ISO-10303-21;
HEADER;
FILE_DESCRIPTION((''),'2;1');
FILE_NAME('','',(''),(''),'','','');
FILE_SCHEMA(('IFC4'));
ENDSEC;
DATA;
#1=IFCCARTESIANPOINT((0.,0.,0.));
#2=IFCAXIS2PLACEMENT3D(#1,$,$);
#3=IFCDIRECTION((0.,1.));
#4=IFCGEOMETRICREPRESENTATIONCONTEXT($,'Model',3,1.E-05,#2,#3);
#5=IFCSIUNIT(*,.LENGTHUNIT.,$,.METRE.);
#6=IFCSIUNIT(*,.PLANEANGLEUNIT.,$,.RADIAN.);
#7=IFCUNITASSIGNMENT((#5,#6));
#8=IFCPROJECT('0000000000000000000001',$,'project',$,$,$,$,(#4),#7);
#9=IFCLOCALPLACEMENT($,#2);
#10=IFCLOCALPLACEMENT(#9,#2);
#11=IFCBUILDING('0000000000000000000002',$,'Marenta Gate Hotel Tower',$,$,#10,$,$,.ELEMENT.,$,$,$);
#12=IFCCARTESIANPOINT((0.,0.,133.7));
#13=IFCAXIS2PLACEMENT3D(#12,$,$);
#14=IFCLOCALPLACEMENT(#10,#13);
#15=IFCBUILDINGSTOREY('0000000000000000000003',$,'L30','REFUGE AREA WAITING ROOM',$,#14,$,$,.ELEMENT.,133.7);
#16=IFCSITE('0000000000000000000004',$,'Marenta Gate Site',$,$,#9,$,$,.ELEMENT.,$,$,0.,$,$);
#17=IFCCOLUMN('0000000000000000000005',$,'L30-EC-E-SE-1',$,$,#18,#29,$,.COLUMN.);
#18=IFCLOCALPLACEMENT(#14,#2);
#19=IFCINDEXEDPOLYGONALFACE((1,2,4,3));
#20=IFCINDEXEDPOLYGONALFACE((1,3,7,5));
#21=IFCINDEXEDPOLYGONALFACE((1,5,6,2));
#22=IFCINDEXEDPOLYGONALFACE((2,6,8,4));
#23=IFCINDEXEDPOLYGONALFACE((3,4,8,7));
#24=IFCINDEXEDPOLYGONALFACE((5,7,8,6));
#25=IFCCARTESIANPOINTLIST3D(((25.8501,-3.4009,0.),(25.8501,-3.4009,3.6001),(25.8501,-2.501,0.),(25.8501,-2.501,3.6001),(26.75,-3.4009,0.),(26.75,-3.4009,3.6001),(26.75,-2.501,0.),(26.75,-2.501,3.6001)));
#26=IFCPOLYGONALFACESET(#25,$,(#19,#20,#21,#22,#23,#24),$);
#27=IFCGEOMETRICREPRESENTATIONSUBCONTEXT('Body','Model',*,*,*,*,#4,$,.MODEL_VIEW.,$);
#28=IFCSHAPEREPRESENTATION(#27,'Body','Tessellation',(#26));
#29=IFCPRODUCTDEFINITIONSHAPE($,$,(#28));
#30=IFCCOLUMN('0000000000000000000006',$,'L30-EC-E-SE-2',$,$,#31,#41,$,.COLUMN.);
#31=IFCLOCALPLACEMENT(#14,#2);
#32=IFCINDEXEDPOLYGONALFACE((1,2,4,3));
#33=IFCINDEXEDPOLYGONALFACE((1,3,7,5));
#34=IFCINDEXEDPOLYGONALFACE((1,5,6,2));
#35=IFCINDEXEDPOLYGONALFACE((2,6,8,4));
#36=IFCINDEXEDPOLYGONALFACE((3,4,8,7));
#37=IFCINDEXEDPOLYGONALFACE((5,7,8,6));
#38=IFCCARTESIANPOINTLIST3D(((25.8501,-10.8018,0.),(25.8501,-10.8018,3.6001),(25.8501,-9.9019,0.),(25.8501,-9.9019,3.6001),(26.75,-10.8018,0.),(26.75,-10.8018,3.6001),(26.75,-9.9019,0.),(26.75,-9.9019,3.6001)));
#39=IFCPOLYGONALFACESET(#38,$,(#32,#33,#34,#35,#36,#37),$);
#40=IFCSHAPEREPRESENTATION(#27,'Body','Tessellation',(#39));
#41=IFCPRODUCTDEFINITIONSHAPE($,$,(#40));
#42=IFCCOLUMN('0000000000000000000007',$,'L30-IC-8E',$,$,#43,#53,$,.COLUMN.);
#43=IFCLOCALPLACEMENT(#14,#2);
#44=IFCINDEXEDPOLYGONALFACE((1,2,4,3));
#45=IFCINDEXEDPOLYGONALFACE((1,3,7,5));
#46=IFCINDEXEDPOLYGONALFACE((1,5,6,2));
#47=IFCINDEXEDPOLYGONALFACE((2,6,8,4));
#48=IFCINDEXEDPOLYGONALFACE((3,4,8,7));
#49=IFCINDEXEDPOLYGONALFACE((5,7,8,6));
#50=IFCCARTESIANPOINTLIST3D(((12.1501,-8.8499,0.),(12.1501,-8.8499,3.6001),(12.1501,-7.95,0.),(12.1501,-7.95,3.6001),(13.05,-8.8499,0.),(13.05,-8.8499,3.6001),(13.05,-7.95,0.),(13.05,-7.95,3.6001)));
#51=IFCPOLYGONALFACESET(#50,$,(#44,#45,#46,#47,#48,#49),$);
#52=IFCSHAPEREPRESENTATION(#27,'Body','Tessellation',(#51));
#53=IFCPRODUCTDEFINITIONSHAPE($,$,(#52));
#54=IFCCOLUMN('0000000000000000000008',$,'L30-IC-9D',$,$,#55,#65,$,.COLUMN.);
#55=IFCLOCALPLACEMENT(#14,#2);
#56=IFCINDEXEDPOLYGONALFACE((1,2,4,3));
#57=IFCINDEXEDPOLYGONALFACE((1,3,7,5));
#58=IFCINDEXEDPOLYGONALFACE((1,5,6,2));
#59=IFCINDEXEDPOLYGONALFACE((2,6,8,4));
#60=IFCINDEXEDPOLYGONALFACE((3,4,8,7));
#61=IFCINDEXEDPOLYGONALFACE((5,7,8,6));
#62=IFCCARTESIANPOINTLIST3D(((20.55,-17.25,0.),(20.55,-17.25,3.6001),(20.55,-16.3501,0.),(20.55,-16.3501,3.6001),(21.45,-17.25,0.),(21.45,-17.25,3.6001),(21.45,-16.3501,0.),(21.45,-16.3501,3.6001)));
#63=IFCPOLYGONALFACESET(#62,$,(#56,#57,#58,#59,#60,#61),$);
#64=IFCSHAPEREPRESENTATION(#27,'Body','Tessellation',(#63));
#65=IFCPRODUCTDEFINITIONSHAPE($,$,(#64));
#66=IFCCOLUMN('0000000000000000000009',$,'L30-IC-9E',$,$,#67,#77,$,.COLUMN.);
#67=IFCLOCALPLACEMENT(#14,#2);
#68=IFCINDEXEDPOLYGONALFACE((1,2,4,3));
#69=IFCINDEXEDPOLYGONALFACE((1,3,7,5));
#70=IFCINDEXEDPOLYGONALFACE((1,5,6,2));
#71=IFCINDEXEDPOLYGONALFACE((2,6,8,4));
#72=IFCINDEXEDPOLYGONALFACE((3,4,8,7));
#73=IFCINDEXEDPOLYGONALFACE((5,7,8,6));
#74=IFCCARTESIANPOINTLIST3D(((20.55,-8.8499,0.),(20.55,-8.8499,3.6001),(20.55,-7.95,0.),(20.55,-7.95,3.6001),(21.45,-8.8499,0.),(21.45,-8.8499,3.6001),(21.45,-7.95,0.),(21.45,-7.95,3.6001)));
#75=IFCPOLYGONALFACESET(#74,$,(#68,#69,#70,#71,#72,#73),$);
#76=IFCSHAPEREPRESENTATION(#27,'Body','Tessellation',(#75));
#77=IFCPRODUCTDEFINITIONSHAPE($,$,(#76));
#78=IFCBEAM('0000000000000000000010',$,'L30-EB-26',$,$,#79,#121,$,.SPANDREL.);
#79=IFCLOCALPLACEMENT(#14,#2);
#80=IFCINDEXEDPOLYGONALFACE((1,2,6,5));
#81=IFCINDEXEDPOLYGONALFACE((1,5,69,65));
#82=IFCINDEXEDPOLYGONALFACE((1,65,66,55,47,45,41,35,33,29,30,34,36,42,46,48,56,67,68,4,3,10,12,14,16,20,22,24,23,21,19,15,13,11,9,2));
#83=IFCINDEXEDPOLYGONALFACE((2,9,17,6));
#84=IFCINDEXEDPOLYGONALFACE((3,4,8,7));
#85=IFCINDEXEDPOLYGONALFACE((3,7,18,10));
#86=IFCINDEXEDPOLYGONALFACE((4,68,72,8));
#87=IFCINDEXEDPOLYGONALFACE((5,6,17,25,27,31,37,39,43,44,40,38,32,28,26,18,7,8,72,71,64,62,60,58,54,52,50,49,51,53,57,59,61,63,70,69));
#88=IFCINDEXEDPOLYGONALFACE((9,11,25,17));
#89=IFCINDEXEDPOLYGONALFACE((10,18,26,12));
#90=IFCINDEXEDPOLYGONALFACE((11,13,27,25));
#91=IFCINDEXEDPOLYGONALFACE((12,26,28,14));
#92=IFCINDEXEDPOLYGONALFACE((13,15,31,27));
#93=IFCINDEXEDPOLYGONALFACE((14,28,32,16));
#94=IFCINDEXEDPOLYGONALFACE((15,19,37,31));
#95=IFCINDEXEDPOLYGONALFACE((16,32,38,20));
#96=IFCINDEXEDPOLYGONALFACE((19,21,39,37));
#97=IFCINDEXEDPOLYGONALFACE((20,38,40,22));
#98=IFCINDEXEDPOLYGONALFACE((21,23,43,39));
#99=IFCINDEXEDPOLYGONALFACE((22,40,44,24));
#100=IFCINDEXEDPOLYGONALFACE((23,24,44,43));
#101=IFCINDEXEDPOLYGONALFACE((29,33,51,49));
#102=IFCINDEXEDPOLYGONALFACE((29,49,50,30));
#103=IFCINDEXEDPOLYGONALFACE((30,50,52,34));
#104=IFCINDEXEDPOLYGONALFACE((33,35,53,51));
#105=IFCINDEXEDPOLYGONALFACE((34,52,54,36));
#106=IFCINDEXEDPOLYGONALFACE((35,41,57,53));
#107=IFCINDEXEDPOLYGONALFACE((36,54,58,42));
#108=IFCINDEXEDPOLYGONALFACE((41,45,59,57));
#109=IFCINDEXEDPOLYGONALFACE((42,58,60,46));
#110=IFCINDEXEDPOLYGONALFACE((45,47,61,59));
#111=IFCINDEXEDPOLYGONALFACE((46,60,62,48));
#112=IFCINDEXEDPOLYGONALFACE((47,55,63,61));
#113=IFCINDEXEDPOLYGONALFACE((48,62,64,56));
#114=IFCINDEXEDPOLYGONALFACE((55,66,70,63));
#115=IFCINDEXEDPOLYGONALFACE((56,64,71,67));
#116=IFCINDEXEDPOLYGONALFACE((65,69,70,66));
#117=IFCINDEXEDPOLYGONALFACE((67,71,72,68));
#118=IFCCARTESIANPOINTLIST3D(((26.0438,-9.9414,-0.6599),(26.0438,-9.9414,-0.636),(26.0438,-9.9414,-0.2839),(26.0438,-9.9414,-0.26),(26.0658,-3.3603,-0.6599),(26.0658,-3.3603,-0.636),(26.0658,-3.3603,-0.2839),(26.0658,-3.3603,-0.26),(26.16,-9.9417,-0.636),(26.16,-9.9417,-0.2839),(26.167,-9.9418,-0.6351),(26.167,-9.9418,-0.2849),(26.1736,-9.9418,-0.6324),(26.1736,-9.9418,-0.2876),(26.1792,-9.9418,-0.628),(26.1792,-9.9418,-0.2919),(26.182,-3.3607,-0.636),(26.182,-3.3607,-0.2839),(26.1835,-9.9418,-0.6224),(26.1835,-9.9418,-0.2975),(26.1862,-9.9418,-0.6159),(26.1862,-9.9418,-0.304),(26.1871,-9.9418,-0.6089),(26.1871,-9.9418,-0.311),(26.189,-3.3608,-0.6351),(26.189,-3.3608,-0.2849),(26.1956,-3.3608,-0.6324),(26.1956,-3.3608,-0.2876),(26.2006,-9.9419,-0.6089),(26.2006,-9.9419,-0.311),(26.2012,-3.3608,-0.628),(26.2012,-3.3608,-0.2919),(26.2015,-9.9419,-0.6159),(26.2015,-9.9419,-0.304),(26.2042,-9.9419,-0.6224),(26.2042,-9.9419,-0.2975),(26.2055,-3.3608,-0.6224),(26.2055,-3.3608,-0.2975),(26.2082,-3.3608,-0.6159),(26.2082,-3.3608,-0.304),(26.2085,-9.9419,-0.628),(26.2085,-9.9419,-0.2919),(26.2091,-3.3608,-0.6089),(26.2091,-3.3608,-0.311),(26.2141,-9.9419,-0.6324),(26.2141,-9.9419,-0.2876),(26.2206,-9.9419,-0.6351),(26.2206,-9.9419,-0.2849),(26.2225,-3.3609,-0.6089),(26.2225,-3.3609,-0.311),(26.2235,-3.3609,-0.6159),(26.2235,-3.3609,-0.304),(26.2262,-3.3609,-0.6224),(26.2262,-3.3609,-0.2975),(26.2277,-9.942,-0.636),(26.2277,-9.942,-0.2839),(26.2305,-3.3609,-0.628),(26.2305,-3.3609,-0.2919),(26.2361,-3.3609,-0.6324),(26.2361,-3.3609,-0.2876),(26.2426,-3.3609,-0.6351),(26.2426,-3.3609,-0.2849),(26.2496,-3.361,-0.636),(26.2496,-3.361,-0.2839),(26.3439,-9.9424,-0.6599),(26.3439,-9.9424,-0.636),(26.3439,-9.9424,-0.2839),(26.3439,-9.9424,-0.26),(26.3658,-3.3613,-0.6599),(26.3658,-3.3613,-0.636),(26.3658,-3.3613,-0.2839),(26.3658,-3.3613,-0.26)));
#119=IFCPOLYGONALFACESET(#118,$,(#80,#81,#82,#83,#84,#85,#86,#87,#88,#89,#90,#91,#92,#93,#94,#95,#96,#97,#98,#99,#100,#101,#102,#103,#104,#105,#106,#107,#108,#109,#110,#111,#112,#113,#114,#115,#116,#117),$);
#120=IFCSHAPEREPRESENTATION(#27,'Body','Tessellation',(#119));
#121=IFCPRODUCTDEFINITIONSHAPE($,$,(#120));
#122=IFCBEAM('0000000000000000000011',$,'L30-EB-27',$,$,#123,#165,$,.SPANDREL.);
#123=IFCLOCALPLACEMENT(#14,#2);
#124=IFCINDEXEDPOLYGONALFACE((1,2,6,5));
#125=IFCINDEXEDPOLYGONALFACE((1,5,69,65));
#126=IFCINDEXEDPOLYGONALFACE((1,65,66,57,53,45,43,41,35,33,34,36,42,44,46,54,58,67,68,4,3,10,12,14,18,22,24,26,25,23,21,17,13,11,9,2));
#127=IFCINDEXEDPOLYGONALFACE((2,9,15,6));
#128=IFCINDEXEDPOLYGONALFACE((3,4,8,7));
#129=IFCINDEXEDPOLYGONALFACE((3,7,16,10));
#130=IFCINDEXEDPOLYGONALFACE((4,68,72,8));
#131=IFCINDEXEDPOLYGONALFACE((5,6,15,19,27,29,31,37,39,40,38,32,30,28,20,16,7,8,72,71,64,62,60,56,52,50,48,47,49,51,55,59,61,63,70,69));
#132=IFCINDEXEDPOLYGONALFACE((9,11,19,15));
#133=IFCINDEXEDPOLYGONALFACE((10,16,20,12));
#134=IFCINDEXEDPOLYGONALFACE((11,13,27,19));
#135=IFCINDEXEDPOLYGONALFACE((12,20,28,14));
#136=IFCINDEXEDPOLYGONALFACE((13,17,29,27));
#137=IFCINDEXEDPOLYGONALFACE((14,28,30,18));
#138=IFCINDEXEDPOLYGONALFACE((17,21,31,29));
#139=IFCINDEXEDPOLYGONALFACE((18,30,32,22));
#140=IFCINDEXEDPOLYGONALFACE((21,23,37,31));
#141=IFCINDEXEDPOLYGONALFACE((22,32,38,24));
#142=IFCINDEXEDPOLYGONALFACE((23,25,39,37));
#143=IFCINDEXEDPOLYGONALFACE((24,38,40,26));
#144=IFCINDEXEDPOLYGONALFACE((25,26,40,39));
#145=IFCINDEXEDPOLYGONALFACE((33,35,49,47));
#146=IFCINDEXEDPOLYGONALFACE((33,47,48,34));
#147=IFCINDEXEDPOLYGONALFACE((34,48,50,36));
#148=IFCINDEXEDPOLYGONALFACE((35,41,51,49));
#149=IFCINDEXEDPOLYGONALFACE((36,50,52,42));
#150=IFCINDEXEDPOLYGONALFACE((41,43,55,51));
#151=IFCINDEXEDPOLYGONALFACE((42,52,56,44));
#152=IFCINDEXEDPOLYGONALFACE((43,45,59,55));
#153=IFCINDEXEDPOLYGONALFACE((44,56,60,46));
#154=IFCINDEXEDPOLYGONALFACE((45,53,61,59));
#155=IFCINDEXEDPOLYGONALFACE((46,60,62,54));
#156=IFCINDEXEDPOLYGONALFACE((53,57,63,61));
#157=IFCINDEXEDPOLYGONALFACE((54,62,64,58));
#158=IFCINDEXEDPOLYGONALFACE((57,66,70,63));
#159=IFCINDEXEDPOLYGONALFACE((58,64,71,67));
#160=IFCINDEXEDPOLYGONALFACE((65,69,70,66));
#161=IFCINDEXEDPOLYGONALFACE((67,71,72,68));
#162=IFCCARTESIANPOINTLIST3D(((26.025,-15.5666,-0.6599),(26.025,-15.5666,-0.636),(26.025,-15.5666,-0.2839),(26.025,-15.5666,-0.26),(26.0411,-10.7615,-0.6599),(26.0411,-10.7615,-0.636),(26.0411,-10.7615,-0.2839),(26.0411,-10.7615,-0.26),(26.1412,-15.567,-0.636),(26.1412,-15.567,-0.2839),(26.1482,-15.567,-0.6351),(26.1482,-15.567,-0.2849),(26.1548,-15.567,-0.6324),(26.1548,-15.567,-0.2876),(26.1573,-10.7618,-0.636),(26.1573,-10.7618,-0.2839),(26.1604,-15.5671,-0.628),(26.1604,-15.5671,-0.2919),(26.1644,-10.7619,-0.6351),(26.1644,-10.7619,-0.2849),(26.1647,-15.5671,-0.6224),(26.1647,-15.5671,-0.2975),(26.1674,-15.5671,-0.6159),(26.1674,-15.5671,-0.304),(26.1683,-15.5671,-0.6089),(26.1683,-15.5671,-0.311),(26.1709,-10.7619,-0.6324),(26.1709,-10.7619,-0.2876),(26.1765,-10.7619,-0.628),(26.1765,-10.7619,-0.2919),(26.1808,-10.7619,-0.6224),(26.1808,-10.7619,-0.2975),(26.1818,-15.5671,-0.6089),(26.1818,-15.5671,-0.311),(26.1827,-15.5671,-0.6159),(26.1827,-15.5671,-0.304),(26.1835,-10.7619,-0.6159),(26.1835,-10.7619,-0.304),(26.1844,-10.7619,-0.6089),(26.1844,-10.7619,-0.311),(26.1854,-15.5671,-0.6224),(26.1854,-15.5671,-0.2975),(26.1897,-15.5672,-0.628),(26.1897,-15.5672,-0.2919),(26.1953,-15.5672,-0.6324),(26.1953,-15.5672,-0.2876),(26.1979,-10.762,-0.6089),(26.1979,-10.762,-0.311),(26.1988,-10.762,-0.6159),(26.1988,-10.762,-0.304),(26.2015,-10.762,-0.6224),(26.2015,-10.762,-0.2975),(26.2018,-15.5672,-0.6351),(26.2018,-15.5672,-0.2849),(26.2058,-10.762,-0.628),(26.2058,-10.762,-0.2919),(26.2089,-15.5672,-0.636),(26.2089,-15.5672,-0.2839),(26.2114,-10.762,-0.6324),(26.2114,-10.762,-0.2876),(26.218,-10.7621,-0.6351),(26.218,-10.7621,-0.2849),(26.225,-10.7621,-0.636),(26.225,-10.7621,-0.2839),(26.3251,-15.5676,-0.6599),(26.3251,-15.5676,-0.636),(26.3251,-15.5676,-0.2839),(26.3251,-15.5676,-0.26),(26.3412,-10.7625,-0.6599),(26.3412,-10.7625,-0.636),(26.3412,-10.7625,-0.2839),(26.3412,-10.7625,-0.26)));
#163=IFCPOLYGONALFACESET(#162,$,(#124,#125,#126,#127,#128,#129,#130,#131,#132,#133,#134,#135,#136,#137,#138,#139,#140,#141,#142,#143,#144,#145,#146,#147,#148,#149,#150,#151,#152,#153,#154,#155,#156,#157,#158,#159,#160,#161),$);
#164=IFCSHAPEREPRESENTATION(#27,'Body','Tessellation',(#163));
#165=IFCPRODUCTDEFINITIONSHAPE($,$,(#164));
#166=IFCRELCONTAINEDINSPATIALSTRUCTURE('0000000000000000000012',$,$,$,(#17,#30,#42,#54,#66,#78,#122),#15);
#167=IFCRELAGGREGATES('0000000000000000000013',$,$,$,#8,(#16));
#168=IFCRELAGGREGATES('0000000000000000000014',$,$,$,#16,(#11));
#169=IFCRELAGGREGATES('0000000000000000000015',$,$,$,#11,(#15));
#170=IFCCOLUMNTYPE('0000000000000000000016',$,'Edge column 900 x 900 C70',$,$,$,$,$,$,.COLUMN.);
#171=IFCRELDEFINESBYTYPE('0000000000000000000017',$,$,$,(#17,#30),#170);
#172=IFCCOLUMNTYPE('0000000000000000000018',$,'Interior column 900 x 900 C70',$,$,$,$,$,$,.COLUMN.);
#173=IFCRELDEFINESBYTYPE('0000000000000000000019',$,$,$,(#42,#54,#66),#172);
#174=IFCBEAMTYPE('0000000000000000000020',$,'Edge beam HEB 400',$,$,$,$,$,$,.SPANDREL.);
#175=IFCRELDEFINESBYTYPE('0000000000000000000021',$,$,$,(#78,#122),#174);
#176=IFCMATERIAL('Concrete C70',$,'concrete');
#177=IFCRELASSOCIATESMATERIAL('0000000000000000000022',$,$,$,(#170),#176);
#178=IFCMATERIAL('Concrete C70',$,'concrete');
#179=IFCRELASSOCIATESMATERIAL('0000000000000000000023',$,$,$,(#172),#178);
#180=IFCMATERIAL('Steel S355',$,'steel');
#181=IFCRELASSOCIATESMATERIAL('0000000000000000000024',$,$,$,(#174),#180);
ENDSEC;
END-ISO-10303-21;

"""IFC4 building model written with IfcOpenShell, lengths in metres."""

from ifc_helpers import new_model, si_unit, direction, frame, origin, origin_2d, place, context, subcontext, project, spatial, rectangle, i_section, extrude, material, material_profile, profile_set, type_object, element, save


model = new_model("IFC4")

# Units and contexts
model_context = context("Model", 3, precision=1e-05, world=origin(), true_north=direction((0.0, 1.0)))
body_context = subcontext(model_context, "Body", "Model", "MODEL_VIEW")
ifc_project = project(units=[si_unit("LENGTHUNIT", "METRE"), si_unit("PLANEANGLEUNIT", "RADIAN")], contexts=[model_context])

# Site, building, storey
site_placement = place(None, origin())
site = spatial("IfcSite", under=ifc_project, at=site_placement, Name="Marenta Gate Site", CompositionType="ELEMENT", RefElevation=0.0)
building_placement = place(site_placement, origin())
building = spatial("IfcBuilding", under=site, at=building_placement, Name="Marenta Gate Hotel Tower", CompositionType="ELEMENT")
storey_placement = place(building_placement, frame((0.0, 0.0, 133.7)))
storey = spatial("IfcBuildingStorey", under=building, at=storey_placement, Name="L30", Description="REFUGE AREA WAITING ROOM", CompositionType="ELEMENT", Elevation=133.7)

# Columns
ifc_material_1 = material(Name="Concrete C70", Category="concrete")
ifc_material_profile_1 = material_profile(ifc_material_1, rectangle(XDim=0.8999, YDim=0.8999, at=origin_2d()), Name="900 x 900")
ifc_profile_set_1 = profile_set([ifc_material_profile_1], Name="Concrete C70")
column_type_1 = type_object("IfcColumnType", Name="Edge column 900 x 900 C70", PredefinedType="COLUMN", material=ifc_profile_set_1)
for number, where, z_axis, x_axis, name in (
    (1, (26.3, -2.9509, 0.0), (0.0, 0.0, 1.0), (1.0, 0.0, 0.0), "L30-EC-E-SE-1"),
    (2, (26.3, -10.3518, 0.0), (0.0, 0.0, 1.0), (1.0, 0.0, 0.0), "L30-EC-E-SE-2"),
):
    element("IfcColumn", number, at=place(storey_placement, frame(where, z_axis=z_axis, x_axis=x_axis)), inside=storey, type_object=column_type_1, Name=name, PredefinedType="COLUMN", context=body_context, shape_type="SweptSolid", body=[
        extrude(rectangle(XDim=0.8999, YDim=0.8999, at=origin_2d()), origin(), (0.0, 0.0, 1.0), 3.6001),
    ])
ifc_material_2 = material(Name="Concrete C70", Category="concrete")
ifc_material_profile_2 = material_profile(ifc_material_2, rectangle(XDim=0.8999, YDim=0.8999, at=origin_2d()), Name="900 x 900")
ifc_profile_set_2 = profile_set([ifc_material_profile_2], Name="Concrete C70")
column_type_2 = type_object("IfcColumnType", Name="Interior column 900 x 900 C70", PredefinedType="COLUMN", material=ifc_profile_set_2)
for number, where, z_axis, x_axis, name in (
    (3, (12.6001, -8.3999, 0.0), (0.0, 0.0, 1.0), (1.0, 0.0, 0.0), "L30-IC-8E"),
    (4, (21.0, -16.8, 0.0), (0.0, 0.0, 1.0), (1.0, 0.0, 0.0), "L30-IC-9D"),
    (5, (21.0, -8.3999, 0.0), (0.0, 0.0, 1.0), (1.0, 0.0, 0.0), "L30-IC-9E"),
):
    element("IfcColumn", number, at=place(storey_placement, frame(where, z_axis=z_axis, x_axis=x_axis)), inside=storey, type_object=column_type_2, Name=name, PredefinedType="COLUMN", context=body_context, shape_type="SweptSolid", body=[
        extrude(rectangle(XDim=0.8999, YDim=0.8999, at=origin_2d()), origin(), (0.0, 0.0, 1.0), 3.6001),
    ])

# Beams
ifc_material_3 = material(Name="Steel S355", Category="steel")
ifc_material_profile_3 = material_profile(ifc_material_3, i_section(OverallWidth=0.3, OverallDepth=0.3999, WebThickness=0.0134, FlangeThickness=0.0239, FilletRadius=0.0271, at=origin_2d()), Name="HEB 400")
ifc_profile_set_3 = profile_set([ifc_material_profile_3], Name="Steel S355")
beam_type_1 = type_object("IfcBeamType", Name="Edge beam HEB 400", PredefinedType="SPANDREL", material=ifc_profile_set_3)
beam_1_placement = place(storey_placement, frame((26.2158, -3.3608, -0.46), z_axis=(-0.003339, -0.999994, 0.0), x_axis=(0.999994, -0.003339, 0.0)))
element("IfcBeam", 6, at=beam_1_placement, inside=storey, type_object=beam_type_1, Name="L30-EB-26", PredefinedType="SPANDREL", context=body_context, shape_type="SweptSolid", body=[
    extrude(i_section(OverallWidth=0.3, OverallDepth=0.3999, WebThickness=0.0134, FlangeThickness=0.0239, FilletRadius=0.0271, at=origin_2d()), origin(), (0.0, 0.0, 1.0), 6.5811),
])
beam_2_placement = place(storey_placement, frame((26.1912, -10.762, -0.46), z_axis=(-0.003353, -0.999994, 0.0), x_axis=(0.999994, -0.003353, 0.0)))
element("IfcBeam", 7, at=beam_2_placement, inside=storey, type_object=beam_type_1, Name="L30-EB-27", PredefinedType="SPANDREL", context=body_context, shape_type="SweptSolid", body=[
    extrude(i_section(OverallWidth=0.3, OverallDepth=0.3999, WebThickness=0.0134, FlangeThickness=0.0239, FilletRadius=0.0271, at=origin_2d()), origin(), (0.0, 0.0, 1.0), 4.8052),
])

save(model, "model.ifc")
